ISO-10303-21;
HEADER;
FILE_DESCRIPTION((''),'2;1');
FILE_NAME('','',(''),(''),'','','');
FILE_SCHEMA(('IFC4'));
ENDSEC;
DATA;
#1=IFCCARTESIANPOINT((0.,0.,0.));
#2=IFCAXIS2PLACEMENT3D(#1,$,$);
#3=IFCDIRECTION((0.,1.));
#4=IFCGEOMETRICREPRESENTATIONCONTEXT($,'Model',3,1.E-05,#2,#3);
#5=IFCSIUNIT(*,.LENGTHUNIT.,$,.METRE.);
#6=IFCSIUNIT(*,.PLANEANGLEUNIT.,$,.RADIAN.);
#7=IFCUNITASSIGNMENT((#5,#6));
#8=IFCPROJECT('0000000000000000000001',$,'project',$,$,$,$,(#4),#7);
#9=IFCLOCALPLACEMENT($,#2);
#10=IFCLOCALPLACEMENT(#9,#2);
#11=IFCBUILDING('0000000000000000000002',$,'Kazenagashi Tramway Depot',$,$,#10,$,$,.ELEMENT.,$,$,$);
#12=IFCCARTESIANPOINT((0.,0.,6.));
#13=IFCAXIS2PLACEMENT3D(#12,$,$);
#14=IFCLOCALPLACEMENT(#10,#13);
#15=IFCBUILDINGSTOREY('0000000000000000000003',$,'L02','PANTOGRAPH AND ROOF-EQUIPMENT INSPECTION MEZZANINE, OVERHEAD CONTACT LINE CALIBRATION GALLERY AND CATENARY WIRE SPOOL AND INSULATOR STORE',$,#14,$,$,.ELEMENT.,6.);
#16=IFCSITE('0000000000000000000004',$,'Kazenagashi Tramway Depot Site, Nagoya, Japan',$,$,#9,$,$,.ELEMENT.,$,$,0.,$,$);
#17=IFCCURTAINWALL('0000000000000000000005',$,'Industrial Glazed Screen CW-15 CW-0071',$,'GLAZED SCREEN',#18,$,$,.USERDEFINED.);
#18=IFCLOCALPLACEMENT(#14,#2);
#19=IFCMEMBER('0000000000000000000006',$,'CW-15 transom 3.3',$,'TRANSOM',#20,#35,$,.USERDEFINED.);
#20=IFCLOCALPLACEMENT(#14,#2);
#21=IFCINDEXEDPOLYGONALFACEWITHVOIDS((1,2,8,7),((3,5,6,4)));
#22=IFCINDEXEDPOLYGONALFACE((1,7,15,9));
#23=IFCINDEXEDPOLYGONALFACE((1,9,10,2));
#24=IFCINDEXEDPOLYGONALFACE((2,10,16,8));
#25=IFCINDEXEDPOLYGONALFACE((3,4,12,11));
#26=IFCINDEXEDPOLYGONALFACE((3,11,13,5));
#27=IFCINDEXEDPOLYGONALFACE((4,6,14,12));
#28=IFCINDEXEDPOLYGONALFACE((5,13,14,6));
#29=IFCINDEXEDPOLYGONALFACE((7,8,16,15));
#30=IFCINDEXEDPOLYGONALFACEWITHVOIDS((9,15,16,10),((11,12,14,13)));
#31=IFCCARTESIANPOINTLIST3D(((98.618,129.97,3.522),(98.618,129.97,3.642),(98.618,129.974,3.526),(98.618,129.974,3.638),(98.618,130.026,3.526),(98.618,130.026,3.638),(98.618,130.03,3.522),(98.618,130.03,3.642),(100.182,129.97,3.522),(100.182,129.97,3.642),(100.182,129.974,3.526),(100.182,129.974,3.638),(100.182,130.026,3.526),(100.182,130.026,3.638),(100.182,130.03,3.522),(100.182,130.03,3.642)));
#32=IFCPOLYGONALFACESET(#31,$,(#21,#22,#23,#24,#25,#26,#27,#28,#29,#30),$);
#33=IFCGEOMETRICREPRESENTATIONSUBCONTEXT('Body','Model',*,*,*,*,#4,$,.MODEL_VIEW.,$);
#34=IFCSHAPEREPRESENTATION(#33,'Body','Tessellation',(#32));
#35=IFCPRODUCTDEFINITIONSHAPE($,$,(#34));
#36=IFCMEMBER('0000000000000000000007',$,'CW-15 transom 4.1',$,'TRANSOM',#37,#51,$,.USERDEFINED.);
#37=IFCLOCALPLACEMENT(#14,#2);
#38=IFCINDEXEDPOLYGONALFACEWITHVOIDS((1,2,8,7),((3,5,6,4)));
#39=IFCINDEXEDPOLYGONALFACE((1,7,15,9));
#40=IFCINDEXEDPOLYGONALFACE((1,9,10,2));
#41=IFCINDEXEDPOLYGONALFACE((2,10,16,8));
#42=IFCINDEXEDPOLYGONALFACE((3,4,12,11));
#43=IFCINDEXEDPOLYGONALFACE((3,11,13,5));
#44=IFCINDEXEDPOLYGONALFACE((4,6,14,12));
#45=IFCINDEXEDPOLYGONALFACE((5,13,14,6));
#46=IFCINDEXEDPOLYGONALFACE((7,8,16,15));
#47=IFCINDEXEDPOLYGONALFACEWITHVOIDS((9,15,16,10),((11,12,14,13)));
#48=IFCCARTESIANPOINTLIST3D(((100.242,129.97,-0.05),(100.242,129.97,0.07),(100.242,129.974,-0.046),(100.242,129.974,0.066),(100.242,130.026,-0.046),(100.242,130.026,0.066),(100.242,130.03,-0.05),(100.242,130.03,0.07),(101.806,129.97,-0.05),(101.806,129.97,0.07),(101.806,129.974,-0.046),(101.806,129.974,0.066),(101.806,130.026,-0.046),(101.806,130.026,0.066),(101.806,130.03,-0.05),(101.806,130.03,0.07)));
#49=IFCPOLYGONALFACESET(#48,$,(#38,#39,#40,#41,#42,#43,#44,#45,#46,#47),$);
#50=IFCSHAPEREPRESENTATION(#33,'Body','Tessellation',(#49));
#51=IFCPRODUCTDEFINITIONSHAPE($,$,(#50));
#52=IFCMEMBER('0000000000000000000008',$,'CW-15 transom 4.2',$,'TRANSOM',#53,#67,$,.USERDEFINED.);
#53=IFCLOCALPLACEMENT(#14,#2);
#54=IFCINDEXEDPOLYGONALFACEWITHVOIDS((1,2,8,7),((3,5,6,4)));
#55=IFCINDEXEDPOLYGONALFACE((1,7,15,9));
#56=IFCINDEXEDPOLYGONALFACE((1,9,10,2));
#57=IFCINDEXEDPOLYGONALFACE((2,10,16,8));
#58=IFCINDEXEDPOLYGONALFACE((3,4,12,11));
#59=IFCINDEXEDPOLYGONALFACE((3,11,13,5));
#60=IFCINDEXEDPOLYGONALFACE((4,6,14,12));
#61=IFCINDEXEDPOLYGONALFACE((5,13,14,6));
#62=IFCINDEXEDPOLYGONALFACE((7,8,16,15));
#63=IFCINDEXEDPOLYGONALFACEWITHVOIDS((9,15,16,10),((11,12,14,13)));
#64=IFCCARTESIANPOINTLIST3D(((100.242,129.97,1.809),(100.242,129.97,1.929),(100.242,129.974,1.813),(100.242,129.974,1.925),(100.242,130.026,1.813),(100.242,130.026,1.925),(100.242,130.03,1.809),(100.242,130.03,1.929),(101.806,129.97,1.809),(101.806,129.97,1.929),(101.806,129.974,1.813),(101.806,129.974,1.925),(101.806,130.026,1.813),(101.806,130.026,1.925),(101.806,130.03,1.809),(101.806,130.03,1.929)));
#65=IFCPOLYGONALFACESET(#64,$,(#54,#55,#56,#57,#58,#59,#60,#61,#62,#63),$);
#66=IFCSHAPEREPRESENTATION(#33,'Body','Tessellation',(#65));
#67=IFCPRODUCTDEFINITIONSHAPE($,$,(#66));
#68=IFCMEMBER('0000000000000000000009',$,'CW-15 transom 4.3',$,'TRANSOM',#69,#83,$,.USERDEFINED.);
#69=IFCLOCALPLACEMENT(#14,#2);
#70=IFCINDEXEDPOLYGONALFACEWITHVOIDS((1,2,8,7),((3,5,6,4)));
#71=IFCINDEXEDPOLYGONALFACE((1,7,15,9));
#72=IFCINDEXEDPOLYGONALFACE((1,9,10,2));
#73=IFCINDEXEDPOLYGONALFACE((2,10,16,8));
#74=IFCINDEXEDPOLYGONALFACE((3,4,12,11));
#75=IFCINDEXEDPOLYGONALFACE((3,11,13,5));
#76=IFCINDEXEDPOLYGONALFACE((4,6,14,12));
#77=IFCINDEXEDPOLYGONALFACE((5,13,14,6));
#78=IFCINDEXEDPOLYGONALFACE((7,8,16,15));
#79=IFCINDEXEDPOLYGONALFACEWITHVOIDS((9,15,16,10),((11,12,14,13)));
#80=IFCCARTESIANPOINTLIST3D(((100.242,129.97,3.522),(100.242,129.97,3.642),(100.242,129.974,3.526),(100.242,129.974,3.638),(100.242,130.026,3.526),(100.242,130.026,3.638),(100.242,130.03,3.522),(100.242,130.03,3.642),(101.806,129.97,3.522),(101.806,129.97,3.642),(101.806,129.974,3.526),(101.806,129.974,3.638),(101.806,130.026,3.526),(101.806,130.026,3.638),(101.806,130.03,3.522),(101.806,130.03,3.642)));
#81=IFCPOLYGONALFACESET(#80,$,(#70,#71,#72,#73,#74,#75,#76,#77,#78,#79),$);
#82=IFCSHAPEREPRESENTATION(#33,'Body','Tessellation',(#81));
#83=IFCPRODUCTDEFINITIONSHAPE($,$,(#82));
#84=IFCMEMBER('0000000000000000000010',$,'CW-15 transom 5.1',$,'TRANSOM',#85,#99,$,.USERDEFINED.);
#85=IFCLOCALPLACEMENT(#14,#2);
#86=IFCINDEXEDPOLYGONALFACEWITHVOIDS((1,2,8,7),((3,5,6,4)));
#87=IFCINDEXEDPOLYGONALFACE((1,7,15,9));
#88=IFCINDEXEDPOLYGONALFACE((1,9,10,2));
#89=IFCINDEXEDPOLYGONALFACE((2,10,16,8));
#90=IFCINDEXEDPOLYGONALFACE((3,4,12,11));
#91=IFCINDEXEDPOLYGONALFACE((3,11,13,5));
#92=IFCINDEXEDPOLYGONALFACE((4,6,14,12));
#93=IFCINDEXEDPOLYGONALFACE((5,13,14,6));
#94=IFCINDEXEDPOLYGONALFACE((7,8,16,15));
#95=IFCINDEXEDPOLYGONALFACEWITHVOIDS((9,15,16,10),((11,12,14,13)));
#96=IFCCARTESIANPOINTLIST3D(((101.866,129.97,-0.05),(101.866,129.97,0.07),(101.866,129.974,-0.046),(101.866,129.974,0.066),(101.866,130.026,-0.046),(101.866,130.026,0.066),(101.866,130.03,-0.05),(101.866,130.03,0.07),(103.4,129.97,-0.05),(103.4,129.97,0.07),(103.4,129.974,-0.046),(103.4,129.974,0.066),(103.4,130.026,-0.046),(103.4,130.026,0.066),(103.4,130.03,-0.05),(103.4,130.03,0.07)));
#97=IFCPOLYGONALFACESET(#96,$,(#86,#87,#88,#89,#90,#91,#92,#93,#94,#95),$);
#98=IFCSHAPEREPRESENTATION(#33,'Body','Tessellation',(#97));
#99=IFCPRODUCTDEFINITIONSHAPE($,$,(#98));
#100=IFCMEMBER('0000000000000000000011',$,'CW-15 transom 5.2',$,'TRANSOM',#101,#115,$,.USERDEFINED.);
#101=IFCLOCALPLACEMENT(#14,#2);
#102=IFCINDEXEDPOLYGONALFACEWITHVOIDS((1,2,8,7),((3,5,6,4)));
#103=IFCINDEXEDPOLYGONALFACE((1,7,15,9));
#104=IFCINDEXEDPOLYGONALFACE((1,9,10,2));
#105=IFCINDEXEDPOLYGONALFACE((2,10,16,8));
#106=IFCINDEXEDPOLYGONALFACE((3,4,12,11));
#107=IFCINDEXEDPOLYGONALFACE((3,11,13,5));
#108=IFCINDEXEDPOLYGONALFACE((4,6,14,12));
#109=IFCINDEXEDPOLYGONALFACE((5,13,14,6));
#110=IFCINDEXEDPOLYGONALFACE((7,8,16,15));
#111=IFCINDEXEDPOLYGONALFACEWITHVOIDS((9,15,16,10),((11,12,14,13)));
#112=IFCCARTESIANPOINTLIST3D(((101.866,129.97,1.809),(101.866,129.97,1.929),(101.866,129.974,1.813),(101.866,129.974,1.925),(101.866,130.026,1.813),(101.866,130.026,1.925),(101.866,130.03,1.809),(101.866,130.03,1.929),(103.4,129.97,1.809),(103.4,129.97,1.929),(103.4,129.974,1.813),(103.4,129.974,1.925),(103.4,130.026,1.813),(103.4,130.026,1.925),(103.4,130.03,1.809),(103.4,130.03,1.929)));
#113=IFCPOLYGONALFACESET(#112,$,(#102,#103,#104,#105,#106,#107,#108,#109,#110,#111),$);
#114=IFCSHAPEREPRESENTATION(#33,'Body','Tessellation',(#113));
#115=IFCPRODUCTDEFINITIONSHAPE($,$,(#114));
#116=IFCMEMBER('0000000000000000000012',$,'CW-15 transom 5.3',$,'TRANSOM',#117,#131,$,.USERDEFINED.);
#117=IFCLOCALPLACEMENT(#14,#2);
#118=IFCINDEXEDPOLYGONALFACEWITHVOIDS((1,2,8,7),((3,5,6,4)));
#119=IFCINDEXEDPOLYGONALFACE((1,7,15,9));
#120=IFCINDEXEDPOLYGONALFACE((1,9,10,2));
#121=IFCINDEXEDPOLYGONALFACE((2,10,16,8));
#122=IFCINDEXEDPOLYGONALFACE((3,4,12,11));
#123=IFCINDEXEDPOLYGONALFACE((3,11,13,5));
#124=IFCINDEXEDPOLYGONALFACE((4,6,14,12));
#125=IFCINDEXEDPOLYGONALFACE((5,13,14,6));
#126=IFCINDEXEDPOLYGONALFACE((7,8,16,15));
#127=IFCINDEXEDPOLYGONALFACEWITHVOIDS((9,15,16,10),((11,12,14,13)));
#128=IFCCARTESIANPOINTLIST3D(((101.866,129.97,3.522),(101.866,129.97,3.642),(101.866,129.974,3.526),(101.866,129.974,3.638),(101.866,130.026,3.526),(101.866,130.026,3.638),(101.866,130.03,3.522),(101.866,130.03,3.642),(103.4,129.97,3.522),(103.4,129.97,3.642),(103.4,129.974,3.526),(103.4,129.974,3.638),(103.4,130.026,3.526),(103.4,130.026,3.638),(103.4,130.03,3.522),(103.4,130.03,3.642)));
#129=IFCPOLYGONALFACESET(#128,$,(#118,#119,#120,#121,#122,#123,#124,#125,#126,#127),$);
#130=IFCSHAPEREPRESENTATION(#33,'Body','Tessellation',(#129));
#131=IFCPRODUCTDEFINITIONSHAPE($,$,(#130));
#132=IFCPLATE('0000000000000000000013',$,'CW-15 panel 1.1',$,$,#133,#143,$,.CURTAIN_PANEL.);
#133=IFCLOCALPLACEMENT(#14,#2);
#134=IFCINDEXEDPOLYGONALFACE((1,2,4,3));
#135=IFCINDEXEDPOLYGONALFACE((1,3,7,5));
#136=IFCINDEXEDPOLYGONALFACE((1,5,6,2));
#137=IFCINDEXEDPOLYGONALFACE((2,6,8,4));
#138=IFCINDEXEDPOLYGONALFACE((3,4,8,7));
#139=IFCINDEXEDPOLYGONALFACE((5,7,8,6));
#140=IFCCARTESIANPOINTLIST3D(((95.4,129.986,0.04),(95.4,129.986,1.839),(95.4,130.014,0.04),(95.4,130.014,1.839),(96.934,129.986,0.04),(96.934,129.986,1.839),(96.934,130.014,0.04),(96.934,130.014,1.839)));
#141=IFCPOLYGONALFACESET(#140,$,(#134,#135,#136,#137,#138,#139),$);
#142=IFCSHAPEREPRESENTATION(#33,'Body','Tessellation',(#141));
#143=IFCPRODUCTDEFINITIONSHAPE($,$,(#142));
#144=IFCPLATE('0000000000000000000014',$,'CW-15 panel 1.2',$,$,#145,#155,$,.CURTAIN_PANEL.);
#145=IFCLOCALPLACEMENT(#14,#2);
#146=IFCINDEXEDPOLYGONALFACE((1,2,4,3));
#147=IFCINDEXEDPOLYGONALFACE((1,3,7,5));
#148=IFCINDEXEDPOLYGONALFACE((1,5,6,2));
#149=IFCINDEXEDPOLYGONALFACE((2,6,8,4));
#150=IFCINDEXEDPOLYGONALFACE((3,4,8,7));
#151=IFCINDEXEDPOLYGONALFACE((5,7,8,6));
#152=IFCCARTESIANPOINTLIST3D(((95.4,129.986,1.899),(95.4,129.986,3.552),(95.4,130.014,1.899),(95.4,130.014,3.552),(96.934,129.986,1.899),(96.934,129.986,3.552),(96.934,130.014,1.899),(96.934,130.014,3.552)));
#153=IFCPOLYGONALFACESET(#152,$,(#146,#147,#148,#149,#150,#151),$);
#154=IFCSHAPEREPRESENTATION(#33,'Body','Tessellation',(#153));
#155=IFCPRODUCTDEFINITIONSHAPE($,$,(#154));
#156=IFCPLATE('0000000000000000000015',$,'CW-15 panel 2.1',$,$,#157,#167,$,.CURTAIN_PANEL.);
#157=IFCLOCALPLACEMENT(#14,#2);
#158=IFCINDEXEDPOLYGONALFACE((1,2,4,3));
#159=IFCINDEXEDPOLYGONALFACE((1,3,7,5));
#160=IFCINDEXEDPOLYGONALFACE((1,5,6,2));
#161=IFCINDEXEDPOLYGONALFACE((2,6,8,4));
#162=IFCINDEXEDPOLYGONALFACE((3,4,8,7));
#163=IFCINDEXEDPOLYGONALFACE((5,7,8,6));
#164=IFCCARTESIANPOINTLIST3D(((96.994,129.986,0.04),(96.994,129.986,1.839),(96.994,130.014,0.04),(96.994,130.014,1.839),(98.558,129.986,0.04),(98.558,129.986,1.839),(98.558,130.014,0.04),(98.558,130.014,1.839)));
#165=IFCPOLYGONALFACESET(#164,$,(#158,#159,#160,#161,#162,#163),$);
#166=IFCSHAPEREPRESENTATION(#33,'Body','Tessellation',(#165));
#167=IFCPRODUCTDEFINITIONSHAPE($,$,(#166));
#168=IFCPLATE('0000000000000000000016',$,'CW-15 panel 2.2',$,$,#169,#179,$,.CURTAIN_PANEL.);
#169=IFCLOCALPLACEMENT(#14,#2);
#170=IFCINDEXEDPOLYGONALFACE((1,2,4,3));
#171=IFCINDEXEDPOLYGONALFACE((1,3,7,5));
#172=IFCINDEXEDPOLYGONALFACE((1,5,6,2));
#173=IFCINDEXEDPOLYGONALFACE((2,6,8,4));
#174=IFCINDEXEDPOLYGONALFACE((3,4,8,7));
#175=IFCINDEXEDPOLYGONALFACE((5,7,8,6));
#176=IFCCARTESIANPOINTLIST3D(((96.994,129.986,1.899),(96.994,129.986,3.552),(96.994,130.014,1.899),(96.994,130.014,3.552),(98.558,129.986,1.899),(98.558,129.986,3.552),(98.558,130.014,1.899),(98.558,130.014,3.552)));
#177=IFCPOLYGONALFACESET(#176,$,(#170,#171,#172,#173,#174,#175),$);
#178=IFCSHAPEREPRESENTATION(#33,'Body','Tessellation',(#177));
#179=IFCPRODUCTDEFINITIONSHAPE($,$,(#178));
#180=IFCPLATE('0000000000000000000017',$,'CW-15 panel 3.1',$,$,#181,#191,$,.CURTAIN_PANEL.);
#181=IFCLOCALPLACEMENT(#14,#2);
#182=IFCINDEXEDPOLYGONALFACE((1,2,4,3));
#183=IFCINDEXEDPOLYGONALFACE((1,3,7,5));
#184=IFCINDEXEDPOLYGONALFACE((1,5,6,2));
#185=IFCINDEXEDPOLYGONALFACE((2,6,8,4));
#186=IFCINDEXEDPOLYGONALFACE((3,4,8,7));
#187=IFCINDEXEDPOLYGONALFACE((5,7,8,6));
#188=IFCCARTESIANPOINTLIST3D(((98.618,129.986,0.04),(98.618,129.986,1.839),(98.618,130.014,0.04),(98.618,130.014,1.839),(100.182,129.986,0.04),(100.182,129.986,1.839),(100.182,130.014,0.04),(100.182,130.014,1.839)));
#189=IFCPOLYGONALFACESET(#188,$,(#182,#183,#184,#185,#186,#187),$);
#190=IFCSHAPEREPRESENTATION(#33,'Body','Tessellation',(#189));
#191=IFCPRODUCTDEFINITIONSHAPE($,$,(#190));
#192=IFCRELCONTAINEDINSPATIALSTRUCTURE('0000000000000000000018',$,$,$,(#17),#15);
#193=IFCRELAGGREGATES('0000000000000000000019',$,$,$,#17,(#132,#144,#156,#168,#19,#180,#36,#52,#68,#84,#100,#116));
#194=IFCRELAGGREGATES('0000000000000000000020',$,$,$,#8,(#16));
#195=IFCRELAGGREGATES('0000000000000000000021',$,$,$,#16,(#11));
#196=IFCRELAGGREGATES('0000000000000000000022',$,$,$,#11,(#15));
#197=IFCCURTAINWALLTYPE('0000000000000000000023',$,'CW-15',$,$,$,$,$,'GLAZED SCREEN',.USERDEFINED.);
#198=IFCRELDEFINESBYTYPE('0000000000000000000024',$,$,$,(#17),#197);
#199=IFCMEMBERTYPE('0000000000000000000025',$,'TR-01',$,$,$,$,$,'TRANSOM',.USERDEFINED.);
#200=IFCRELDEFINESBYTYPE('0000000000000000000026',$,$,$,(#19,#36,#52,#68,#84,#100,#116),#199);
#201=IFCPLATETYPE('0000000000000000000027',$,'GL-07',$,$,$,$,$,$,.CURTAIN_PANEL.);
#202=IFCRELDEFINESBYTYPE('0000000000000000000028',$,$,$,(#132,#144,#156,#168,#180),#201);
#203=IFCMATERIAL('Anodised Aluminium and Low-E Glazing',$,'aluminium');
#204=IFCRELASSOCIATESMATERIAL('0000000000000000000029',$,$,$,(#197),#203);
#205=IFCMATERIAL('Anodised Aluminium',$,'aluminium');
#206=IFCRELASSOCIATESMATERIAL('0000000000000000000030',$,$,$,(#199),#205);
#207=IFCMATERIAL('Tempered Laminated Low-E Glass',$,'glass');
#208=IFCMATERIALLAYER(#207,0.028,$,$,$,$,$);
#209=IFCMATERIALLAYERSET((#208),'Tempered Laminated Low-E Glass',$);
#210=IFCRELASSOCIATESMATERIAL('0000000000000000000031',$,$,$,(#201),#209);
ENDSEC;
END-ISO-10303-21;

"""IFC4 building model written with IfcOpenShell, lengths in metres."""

from ifc_helpers import new_model, si_unit, direction, frame, origin, origin_2d, place, context, subcontext, project, spatial, rectangle, hollow_rectangle, extrude, material, layer, layer_set, material_profile, profile_set, type_object, element, aggregate, save


model = new_model("IFC4")

# Units and contexts
model_context = context("Model", 3, precision=1e-05, world=origin(), true_north=direction((0.0, 1.0)))
body_context = subcontext(model_context, "Body", "Model", "MODEL_VIEW")
ifc_project = project(units=[si_unit("LENGTHUNIT", "METRE"), si_unit("PLANEANGLEUNIT", "RADIAN")], contexts=[model_context])

# Site, building, storey
site_placement = place(None, origin())
site = spatial("IfcSite", under=ifc_project, at=site_placement, Name="Kazenagashi Tramway Depot Site, Nagoya, Japan", CompositionType="ELEMENT", RefElevation=0.0)
building_placement = place(site_placement, origin())
building = spatial("IfcBuilding", under=site, at=building_placement, Name="Kazenagashi Tramway Depot", CompositionType="ELEMENT")
storey_placement = place(building_placement, frame((0.0, 0.0, 6.0)))
storey = spatial("IfcBuildingStorey", under=building, at=storey_placement, Name="L02", Description="PANTOGRAPH AND ROOF-EQUIPMENT INSPECTION MEZZANINE, OVERHEAD CONTACT LINE CALIBRATION GALLERY AND CATENARY WIRE SPOOL AND INSULATOR STORE", CompositionType="ELEMENT", Elevation=6.0)

# Curtain wall
ifc_material_1 = material(Name="Anodised Aluminium and Low-E Glazing", Category="aluminium")
curtain_wall_type = type_object("IfcCurtainWallType", Name="CW-15", ElementType="GLAZED SCREEN", PredefinedType="USERDEFINED", material=ifc_material_1)
curtain_wall_placement = place(storey_placement, origin())
curtain_wall = element("IfcCurtainWall", 1, at=curtain_wall_placement, inside=storey, type_object=curtain_wall_type, Name="Industrial Glazed Screen CW-15 CW-0071", ObjectType="GLAZED SCREEN", PredefinedType="USERDEFINED")
ifc_material_2 = material(Name="Anodised Aluminium", Category="aluminium")

# Members
ifc_material_profile_1 = material_profile(ifc_material_2, hollow_rectangle(XDim=0.06, YDim=0.12, WallThickness=0.004, at=origin_2d()), Name="RHS-120x60x4")
ifc_profile_set_1 = profile_set([ifc_material_profile_1], Name="Anodised Aluminium")
member_type_1 = type_object("IfcMemberType", Name="TR-01", ElementType="TRANSOM", PredefinedType="USERDEFINED", material=ifc_profile_set_1)
member_1_placement = place(storey_placement, frame((98.618, 130.0, 3.582), z_axis=(1.0, 0.0, 0.0), x_axis=(0.0, 1.0, 0.0)))
member_1 = element("IfcMember", 2, at=member_1_placement, type_object=member_type_1, Name="CW-15 transom 3.3", ObjectType="TRANSOM", PredefinedType="USERDEFINED", context=body_context, shape_type="SweptSolid", body=[
    extrude(hollow_rectangle(XDim=0.06, YDim=0.12, WallThickness=0.004, at=origin_2d()), origin(), (0.0, 0.0, 1.0), 1.564),
])
member_2_placement = place(storey_placement, frame((100.242, 130.0, 0.01), z_axis=(1.0, 0.0, 0.0), x_axis=(0.0, 1.0, 0.0)))
member_2 = element("IfcMember", 3, at=member_2_placement, type_object=member_type_1, Name="CW-15 transom 4.1", ObjectType="TRANSOM", PredefinedType="USERDEFINED", context=body_context, shape_type="SweptSolid", body=[
    extrude(hollow_rectangle(XDim=0.06, YDim=0.12, WallThickness=0.004, at=origin_2d()), origin(), (0.0, 0.0, 1.0), 1.564),
])
member_3_placement = place(storey_placement, frame((100.242, 130.0, 1.869), z_axis=(1.0, 0.0, 0.0), x_axis=(0.0, 1.0, 0.0)))
member_3 = element("IfcMember", 4, at=member_3_placement, type_object=member_type_1, Name="CW-15 transom 4.2", ObjectType="TRANSOM", PredefinedType="USERDEFINED", context=body_context, shape_type="SweptSolid", body=[
    extrude(hollow_rectangle(XDim=0.06, YDim=0.12, WallThickness=0.004, at=origin_2d()), origin(), (0.0, 0.0, 1.0), 1.564),
])
member_4_placement = place(storey_placement, frame((100.242, 130.0, 3.582), z_axis=(1.0, 0.0, 0.0), x_axis=(0.0, 1.0, 0.0)))
member_4 = element("IfcMember", 5, at=member_4_placement, type_object=member_type_1, Name="CW-15 transom 4.3", ObjectType="TRANSOM", PredefinedType="USERDEFINED", context=body_context, shape_type="SweptSolid", body=[
    extrude(hollow_rectangle(XDim=0.06, YDim=0.12, WallThickness=0.004, at=origin_2d()), origin(), (0.0, 0.0, 1.0), 1.564),
])
member_5_placement = place(storey_placement, frame((101.866, 130.0, 0.01), z_axis=(1.0, 0.0, 0.0), x_axis=(0.0, 1.0, 0.0)))
member_5 = element("IfcMember", 6, at=member_5_placement, type_object=member_type_1, Name="CW-15 transom 5.1", ObjectType="TRANSOM", PredefinedType="USERDEFINED", context=body_context, shape_type="SweptSolid", body=[
    extrude(hollow_rectangle(XDim=0.06, YDim=0.12, WallThickness=0.004, at=origin_2d()), origin(), (0.0, 0.0, 1.0), 1.534),
])
member_6_placement = place(storey_placement, frame((101.866, 130.0, 1.869), z_axis=(1.0, 0.0, 0.0), x_axis=(0.0, 1.0, 0.0)))
member_6 = element("IfcMember", 7, at=member_6_placement, type_object=member_type_1, Name="CW-15 transom 5.2", ObjectType="TRANSOM", PredefinedType="USERDEFINED", context=body_context, shape_type="SweptSolid", body=[
    extrude(hollow_rectangle(XDim=0.06, YDim=0.12, WallThickness=0.004, at=origin_2d()), origin(), (0.0, 0.0, 1.0), 1.534),
])
member_7_placement = place(storey_placement, frame((101.866, 130.0, 3.582), z_axis=(1.0, 0.0, 0.0), x_axis=(0.0, 1.0, 0.0)))
member_7 = element("IfcMember", 8, at=member_7_placement, type_object=member_type_1, Name="CW-15 transom 5.3", ObjectType="TRANSOM", PredefinedType="USERDEFINED", context=body_context, shape_type="SweptSolid", body=[
    extrude(hollow_rectangle(XDim=0.06, YDim=0.12, WallThickness=0.004, at=origin_2d()), origin(), (0.0, 0.0, 1.0), 1.534),
])

# Plates
ifc_material_3 = material(Name="Tempered Laminated Low-E Glass", Category="glass")
ifc_layer_1 = layer(ifc_material_3, 0.028)
ifc_layer_set_1 = layer_set([ifc_layer_1], Name="Tempered Laminated Low-E Glass")
plate_type = type_object("IfcPlateType", Name="GL-07", PredefinedType="CURTAIN_PANEL", material=ifc_layer_set_1)
plate_1_placement = place(storey_placement, frame((96.167, 130.0, 0.04), z_axis=(0.0, 0.0, 1.0), x_axis=(1.0, 0.0, 0.0)))
plate_1 = element("IfcPlate", 9, at=plate_1_placement, type_object=plate_type, Name="CW-15 panel 1.1", PredefinedType="CURTAIN_PANEL", context=body_context, shape_type="SweptSolid", body=[
    extrude(rectangle(XDim=1.534, YDim=0.028, at=origin_2d()), origin(), (0.0, 0.0, 1.0), 1.799),
])
plate_2_placement = place(storey_placement, frame((96.167, 130.0, 1.899), z_axis=(0.0, 0.0, 1.0), x_axis=(1.0, 0.0, 0.0)))
plate_2 = element("IfcPlate", 10, at=plate_2_placement, type_object=plate_type, Name="CW-15 panel 1.2", PredefinedType="CURTAIN_PANEL", context=body_context, shape_type="SweptSolid", body=[
    extrude(rectangle(XDim=1.534, YDim=0.028, at=origin_2d()), origin(), (0.0, 0.0, 1.0), 1.653),
])
plate_3_placement = place(storey_placement, frame((97.776, 130.0, 0.04), z_axis=(0.0, 0.0, 1.0), x_axis=(1.0, 0.0, 0.0)))
plate_3 = element("IfcPlate", 11, at=plate_3_placement, type_object=plate_type, Name="CW-15 panel 2.1", PredefinedType="CURTAIN_PANEL", context=body_context, shape_type="SweptSolid", body=[
    extrude(rectangle(XDim=1.564, YDim=0.028, at=origin_2d()), origin(), (0.0, 0.0, 1.0), 1.799),
])
plate_4_placement = place(storey_placement, frame((97.776, 130.0, 1.899), z_axis=(0.0, 0.0, 1.0), x_axis=(1.0, 0.0, 0.0)))
plate_4 = element("IfcPlate", 12, at=plate_4_placement, type_object=plate_type, Name="CW-15 panel 2.2", PredefinedType="CURTAIN_PANEL", context=body_context, shape_type="SweptSolid", body=[
    extrude(rectangle(XDim=1.564, YDim=0.028, at=origin_2d()), origin(), (0.0, 0.0, 1.0), 1.653),
])
plate_5_placement = place(storey_placement, frame((99.4, 130.0, 0.04), z_axis=(0.0, 0.0, 1.0), x_axis=(1.0, 0.0, 0.0)))
plate_5 = element("IfcPlate", 13, at=plate_5_placement, type_object=plate_type, Name="CW-15 panel 3.1", PredefinedType="CURTAIN_PANEL", context=body_context, shape_type="SweptSolid", body=[
    extrude(rectangle(XDim=1.564, YDim=0.028, at=origin_2d()), origin(), (0.0, 0.0, 1.0), 1.799),
])
aggregate(curtain_wall, [plate_1, plate_2, plate_3, plate_4, member_1, plate_5, member_2, member_3, member_4, member_5, member_6, member_7])

save(model, "model.ifc")
